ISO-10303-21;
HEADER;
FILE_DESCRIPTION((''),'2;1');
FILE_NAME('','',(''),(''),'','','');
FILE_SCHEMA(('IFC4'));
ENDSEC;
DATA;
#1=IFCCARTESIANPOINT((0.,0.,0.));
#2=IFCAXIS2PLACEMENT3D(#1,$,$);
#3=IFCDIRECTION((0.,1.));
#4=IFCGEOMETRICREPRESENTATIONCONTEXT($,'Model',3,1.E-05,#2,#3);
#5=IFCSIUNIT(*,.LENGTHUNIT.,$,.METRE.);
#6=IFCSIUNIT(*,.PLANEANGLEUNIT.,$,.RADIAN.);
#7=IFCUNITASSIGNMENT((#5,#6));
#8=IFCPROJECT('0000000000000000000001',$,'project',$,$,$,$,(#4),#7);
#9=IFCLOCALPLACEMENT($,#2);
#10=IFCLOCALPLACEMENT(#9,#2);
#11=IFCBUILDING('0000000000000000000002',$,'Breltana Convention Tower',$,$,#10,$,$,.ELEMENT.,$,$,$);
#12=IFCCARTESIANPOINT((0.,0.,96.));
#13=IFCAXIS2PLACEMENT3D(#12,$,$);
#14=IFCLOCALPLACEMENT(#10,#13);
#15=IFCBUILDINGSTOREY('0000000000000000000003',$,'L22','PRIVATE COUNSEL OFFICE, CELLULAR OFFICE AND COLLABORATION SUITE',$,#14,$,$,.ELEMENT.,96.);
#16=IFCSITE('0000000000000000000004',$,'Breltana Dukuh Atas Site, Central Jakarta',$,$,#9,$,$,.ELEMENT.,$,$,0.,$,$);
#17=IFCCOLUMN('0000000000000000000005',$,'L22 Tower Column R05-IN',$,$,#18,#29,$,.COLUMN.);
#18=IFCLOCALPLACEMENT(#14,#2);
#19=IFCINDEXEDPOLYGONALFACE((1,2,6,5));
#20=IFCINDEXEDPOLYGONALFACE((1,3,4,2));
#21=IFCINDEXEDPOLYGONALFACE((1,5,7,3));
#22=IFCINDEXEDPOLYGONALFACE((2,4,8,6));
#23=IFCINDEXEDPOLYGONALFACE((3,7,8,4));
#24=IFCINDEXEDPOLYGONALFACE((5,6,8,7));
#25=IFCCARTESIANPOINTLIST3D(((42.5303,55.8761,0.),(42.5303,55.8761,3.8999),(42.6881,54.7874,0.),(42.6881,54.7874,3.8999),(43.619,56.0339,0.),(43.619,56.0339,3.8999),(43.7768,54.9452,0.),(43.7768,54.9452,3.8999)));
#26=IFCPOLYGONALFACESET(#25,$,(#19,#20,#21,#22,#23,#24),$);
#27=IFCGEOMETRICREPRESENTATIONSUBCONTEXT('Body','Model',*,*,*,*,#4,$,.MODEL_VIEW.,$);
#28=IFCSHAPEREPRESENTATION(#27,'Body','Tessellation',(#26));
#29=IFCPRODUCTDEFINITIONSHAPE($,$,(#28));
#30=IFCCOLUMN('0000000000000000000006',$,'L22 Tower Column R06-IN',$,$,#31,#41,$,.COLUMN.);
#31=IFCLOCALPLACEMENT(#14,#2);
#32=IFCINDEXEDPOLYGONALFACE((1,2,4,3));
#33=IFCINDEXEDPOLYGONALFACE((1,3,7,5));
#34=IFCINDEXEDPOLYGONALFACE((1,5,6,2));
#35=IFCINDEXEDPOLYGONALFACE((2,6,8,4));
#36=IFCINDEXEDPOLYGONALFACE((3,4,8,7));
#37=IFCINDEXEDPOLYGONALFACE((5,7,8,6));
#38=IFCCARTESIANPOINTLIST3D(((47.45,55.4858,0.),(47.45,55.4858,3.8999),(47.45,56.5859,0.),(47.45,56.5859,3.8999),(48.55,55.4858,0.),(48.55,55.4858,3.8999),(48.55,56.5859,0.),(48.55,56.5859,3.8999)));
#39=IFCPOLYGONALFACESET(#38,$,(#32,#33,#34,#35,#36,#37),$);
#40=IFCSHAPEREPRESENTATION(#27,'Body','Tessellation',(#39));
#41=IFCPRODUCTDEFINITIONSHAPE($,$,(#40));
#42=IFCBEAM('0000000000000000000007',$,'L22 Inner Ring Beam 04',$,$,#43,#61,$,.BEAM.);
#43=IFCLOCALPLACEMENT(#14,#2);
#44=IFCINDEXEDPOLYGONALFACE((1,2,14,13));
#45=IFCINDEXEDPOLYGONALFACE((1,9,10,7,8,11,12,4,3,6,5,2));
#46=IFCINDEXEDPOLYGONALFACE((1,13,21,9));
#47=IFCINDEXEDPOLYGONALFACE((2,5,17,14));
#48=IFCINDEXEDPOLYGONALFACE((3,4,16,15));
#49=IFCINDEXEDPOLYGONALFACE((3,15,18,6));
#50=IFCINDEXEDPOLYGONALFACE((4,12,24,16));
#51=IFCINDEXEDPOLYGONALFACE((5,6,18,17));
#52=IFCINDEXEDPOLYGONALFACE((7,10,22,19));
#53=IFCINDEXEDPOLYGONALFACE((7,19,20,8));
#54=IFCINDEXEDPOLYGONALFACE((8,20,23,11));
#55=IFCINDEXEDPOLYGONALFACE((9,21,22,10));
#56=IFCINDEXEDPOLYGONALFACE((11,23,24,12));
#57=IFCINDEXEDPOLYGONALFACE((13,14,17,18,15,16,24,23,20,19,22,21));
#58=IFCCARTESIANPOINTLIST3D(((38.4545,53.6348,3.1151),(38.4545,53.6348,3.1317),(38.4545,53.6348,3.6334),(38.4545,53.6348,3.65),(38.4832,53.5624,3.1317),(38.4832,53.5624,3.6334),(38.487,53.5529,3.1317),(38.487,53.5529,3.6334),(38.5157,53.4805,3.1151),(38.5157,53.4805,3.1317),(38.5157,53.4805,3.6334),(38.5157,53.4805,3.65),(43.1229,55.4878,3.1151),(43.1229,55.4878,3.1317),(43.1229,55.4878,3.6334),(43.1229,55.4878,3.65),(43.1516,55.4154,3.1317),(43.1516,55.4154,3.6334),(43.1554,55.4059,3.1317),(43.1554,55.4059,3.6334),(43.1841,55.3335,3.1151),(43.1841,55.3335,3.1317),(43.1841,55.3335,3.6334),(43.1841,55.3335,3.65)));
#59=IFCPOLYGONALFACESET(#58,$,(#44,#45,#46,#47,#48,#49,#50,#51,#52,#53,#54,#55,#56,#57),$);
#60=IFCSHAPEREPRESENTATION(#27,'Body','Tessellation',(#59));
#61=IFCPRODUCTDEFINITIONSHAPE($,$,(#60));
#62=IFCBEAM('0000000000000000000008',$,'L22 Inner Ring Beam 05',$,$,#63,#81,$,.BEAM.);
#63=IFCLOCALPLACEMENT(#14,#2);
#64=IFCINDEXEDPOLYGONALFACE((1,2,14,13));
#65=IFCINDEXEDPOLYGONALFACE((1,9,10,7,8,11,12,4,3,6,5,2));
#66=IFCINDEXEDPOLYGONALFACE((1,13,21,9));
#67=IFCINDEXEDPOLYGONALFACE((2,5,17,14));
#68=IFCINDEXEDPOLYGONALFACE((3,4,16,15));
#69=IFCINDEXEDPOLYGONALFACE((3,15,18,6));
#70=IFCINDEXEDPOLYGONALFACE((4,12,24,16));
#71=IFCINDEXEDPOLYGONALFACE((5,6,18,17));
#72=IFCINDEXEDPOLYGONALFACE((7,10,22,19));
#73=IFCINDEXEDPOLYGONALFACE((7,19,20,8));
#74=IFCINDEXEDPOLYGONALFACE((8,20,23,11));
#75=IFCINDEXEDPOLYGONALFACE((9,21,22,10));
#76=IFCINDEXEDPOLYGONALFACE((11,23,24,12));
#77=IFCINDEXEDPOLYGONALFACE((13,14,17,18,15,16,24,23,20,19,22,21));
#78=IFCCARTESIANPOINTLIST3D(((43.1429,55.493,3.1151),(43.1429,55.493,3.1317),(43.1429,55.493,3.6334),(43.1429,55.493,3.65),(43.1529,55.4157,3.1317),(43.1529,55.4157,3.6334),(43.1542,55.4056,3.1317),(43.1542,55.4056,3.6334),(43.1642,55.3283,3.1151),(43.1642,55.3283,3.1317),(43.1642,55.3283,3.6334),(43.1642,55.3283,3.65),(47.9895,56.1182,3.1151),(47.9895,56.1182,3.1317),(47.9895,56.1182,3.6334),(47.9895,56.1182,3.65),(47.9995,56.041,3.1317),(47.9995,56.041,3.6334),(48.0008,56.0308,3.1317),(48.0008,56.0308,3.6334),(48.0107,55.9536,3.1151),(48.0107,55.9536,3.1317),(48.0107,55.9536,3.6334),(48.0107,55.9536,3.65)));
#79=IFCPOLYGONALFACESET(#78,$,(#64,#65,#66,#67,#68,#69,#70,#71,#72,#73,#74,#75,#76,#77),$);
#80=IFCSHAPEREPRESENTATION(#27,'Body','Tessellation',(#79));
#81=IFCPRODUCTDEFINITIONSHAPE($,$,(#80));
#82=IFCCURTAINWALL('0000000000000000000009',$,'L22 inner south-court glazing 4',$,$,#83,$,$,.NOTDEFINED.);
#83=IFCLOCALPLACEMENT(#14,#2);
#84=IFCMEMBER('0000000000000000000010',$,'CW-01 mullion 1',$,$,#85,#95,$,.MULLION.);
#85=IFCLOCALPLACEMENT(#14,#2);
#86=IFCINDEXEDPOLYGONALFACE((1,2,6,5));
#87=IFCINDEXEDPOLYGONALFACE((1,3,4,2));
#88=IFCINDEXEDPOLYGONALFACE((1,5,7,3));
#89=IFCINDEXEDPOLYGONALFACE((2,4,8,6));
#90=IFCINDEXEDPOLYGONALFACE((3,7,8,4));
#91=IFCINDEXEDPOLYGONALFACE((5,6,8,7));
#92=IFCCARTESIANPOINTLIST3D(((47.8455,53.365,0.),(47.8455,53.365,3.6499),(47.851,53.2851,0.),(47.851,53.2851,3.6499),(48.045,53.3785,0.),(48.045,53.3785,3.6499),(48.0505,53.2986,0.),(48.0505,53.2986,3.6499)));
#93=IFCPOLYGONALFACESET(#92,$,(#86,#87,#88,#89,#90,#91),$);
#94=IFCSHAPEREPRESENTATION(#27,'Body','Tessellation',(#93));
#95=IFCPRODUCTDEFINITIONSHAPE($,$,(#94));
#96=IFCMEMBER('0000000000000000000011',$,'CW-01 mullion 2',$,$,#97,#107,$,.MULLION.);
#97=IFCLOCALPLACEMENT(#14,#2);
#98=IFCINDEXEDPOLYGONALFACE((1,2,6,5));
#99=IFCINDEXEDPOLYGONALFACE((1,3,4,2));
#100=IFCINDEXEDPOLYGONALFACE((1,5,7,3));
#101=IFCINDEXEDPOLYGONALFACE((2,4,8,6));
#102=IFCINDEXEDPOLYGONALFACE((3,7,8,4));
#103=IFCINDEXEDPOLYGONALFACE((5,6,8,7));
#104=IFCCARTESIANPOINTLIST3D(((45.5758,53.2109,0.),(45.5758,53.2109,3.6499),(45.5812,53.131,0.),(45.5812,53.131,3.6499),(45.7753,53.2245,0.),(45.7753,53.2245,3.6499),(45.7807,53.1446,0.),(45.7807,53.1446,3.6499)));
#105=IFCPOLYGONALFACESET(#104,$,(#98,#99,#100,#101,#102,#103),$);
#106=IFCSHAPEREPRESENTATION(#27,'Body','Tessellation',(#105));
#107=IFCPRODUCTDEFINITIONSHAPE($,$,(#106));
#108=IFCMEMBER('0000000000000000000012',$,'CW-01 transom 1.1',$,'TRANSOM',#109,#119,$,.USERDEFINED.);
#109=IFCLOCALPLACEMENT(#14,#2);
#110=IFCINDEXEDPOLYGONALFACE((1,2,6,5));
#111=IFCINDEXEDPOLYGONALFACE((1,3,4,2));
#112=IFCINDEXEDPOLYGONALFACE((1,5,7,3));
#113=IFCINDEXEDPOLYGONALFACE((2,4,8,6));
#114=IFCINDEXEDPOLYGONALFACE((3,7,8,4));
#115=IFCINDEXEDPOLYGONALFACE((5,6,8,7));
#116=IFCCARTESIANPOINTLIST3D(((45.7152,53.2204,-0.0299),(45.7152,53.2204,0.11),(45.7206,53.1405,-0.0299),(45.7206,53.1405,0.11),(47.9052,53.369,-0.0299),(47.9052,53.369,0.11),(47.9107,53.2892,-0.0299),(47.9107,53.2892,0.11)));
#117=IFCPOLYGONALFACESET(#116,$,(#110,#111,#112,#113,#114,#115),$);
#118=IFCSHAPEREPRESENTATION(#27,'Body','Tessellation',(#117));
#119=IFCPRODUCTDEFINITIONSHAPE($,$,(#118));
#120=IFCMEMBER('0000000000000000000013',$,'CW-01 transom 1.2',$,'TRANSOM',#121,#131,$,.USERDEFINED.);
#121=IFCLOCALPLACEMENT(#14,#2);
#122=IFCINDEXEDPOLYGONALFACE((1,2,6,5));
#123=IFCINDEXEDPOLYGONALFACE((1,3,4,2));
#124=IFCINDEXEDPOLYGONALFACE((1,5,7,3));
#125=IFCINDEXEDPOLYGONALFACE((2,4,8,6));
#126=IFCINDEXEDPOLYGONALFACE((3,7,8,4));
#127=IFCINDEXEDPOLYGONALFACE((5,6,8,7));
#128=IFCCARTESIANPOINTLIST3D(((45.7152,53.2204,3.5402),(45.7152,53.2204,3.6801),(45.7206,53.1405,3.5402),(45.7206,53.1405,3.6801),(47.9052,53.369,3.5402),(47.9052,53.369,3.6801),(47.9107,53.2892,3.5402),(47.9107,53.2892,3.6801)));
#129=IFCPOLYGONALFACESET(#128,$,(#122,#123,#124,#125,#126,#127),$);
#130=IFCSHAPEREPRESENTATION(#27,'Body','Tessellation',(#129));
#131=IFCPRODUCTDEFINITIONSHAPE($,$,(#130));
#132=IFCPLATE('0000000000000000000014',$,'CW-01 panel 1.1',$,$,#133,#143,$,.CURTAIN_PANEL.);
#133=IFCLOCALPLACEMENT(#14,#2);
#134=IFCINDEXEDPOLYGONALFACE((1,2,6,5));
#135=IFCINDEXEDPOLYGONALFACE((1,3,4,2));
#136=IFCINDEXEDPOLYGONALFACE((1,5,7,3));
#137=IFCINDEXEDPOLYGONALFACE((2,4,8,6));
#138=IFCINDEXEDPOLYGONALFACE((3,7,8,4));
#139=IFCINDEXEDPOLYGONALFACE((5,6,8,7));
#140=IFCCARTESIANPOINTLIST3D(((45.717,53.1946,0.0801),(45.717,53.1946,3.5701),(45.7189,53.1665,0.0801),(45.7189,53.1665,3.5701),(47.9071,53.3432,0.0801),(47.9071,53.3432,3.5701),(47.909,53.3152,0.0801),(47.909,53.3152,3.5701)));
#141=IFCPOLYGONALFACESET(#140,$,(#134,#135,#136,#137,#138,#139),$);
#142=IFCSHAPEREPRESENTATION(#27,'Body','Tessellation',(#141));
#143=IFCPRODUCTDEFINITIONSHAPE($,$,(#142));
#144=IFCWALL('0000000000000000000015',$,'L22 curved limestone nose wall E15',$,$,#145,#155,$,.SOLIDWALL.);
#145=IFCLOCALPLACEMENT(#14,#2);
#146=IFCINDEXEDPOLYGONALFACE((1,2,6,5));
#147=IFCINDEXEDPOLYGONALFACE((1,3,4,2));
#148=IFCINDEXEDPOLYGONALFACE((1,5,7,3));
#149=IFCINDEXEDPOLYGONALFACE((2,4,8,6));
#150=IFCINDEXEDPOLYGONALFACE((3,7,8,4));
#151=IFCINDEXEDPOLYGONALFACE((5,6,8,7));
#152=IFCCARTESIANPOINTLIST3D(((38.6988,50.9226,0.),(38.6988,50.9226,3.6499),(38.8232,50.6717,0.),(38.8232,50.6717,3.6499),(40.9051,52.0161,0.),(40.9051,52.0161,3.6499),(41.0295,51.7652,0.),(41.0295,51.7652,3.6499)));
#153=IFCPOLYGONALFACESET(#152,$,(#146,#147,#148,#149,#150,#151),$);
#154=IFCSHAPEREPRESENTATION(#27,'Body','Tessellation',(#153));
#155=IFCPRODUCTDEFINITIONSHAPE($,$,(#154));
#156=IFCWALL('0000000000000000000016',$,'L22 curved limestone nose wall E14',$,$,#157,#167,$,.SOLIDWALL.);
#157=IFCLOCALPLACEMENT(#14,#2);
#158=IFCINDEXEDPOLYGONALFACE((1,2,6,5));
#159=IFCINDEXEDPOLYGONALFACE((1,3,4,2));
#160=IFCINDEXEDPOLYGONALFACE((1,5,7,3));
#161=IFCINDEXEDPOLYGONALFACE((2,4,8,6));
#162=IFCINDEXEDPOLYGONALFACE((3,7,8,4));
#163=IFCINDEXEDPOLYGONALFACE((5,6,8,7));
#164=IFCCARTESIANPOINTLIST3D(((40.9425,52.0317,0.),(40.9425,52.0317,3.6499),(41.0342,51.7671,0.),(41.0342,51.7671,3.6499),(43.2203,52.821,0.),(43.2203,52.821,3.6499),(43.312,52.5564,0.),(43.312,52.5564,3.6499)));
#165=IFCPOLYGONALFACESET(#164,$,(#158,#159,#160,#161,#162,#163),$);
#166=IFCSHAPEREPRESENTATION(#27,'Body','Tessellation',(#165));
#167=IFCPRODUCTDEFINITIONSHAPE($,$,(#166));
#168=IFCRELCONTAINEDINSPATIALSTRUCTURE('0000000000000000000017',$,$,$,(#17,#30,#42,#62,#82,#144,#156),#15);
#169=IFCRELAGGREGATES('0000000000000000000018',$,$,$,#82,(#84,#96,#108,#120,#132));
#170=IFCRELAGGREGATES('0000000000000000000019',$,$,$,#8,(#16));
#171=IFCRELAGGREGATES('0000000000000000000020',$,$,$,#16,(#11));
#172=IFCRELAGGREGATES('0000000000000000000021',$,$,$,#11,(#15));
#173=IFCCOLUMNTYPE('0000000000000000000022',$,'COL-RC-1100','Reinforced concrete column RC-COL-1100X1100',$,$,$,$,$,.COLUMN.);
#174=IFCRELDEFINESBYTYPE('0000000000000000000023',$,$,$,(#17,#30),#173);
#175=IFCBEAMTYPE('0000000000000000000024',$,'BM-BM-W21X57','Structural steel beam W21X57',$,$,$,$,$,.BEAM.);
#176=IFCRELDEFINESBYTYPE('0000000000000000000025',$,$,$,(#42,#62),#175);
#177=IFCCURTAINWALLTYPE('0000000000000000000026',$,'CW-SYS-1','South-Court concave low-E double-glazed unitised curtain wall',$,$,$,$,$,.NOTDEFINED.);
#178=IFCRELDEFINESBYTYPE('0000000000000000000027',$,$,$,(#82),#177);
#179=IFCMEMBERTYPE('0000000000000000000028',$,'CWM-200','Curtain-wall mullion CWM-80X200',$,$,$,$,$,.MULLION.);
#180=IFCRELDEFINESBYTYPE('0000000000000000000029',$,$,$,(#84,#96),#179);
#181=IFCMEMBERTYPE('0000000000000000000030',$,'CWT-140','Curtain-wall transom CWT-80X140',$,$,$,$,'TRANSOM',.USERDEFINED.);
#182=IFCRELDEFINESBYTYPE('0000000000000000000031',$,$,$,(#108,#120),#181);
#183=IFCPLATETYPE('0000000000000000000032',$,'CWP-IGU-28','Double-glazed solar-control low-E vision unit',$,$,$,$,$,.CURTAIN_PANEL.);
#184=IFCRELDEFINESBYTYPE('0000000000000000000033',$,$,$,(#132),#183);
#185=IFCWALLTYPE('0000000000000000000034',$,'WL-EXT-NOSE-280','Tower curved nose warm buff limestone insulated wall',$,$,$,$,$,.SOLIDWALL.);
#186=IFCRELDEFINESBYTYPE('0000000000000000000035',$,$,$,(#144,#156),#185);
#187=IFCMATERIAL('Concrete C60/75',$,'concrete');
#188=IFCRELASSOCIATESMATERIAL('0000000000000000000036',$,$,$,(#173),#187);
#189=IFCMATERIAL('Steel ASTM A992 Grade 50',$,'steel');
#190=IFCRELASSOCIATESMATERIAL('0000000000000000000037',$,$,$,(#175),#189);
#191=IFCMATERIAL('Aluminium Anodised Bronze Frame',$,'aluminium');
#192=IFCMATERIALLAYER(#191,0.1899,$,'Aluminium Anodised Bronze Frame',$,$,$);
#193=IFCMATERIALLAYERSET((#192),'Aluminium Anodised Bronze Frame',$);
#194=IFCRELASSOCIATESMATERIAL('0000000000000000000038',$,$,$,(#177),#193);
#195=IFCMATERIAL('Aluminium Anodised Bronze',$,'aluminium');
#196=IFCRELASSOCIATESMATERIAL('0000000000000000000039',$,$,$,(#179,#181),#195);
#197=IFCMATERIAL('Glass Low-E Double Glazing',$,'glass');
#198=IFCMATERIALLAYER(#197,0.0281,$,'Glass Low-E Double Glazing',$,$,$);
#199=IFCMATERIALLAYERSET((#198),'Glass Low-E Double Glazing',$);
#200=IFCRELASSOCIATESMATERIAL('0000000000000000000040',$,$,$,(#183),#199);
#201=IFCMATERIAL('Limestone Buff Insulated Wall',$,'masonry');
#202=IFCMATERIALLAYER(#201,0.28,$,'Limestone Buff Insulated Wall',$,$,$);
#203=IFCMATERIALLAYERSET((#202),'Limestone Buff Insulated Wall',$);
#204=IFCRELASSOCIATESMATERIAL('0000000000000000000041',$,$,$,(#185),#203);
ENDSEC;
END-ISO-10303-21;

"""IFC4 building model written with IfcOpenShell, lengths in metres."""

from ifc_helpers import new_model, si_unit, direction, frame, frame_2d, origin, origin_2d, place, context, subcontext, project, spatial, rectangle, i_section, extrude, source, transform, mapped, material, layer, layer_set, material_profile, profile_set, type_object, element, aggregate, save


model = new_model("IFC4")

# Units and contexts
model_context = context("Model", 3, precision=1e-05, world=origin(), true_north=direction((0.0, 1.0)))
body_context = subcontext(model_context, "Body", "Model", "MODEL_VIEW")
ifc_project = project(units=[si_unit("LENGTHUNIT", "METRE"), si_unit("PLANEANGLEUNIT", "RADIAN")], contexts=[model_context])

# Site, building, storey
site_placement = place(None, origin())
site = spatial("IfcSite", under=ifc_project, at=site_placement, Name="Breltana Dukuh Atas Site, Central Jakarta", CompositionType="ELEMENT", RefElevation=0.0)
building_placement = place(site_placement, origin())
building = spatial("IfcBuilding", under=site, at=building_placement, Name="Breltana Convention Tower", CompositionType="ELEMENT")
storey_placement = place(building_placement, frame((0.0, 0.0, 96.0)))
storey = spatial("IfcBuildingStorey", under=building, at=storey_placement, Name="L22", Description="PRIVATE COUNSEL OFFICE, CELLULAR OFFICE AND COLLABORATION SUITE", CompositionType="ELEMENT", Elevation=96.0)

# Columns
ifc_material_1 = material(Name="Concrete C60/75", Category="concrete")
ifc_material_profile_1 = material_profile(ifc_material_1, rectangle(XDim=1.1001, YDim=1.1001, at=origin_2d()), Name="RC-COL-1100X1100")
ifc_profile_set_1 = profile_set([ifc_material_profile_1], Name="Concrete C60/75")
column_type = type_object("IfcColumnType", Name="COL-RC-1100", Description="Reinforced concrete column RC-COL-1100X1100", PredefinedType="COLUMN", material=ifc_profile_set_1)
shared_shape_1 = source(origin(), body_context, "Body", "SweptSolid", [
    extrude(rectangle(XDim=1.1001, YDim=1.1001, at=origin_2d()), origin(), (0.0, 0.0, 1.0), 3.8999),
])
for number, where, z_axis, x_axis, name in (
    (1, (43.1536, 55.4106, 0.0), (0.0, 0.0, 1.0), (-0.143493, 0.989651, 0.0), "L22 Tower Column R05-IN"),
    (2, (48.0, 56.0359, 0.0), (0.0, 0.0, 1.0), (0.0, 1.0, 0.0), "L22 Tower Column R06-IN"),
):
    element("IfcColumn", number, at=place(storey_placement, frame(where, z_axis=z_axis, x_axis=x_axis)), inside=storey, type_object=column_type, Name=name, PredefinedType="COLUMN", context=body_context, shape_type="MappedRepresentation", body=[
        mapped(shared_shape_1, transform((0.0, 0.0, 0.0), scale=1.0)),
    ])

# Beams
ifc_material_2 = material(Name="Steel ASTM A992 Grade 50", Category="steel")
ifc_material_profile_2 = material_profile(ifc_material_2, i_section(OverallWidth=0.166, OverallDepth=0.5349, WebThickness=0.0103, FlangeThickness=0.0166, at=origin_2d()), Name="W21X57")
ifc_profile_set_2 = profile_set([ifc_material_profile_2], Name="Steel ASTM A992 Grade 50")
beam_type = type_object("IfcBeamType", Name="BM-BM-W21X57", Description="Structural steel beam W21X57", PredefinedType="BEAM", material=ifc_profile_set_2)
shared_shape_2 = source(origin(), body_context, "Body", "SweptSolid", [
    extrude(i_section(OverallWidth=0.166, OverallDepth=0.5349, WebThickness=0.0103, FlangeThickness=0.0166, at=origin_2d()), origin(), (0.0, 0.0, 1.0), 5.0227),
])
beam_1_placement = place(storey_placement, frame((38.4851, 53.5576, 3.3826), z_axis=(0.929459, 0.368926, 0.0), x_axis=(-0.368926, 0.929459, 0.0)))
element("IfcBeam", 3, at=beam_1_placement, inside=storey, type_object=beam_type, Name="L22 Inner Ring Beam 04", PredefinedType="BEAM", context=body_context, shape_type="MappedRepresentation", body=[
    mapped(shared_shape_2, transform((0.0, 0.0, 0.0), scale=1.0)),
])
shared_shape_3 = source(origin(), body_context, "Body", "SweptSolid", [
    extrude(i_section(OverallWidth=0.166, OverallDepth=0.5349, WebThickness=0.0103, FlangeThickness=0.0166, at=origin_2d()), origin(), (0.0, 0.0, 1.0), 4.8867),
])
beam_2_placement = place(storey_placement, frame((43.1536, 55.4106, 3.3826), z_axis=(0.991781, 0.127951, 0.0), x_axis=(-0.127951, 0.991781, 0.0)))
element("IfcBeam", 4, at=beam_2_placement, inside=storey, type_object=beam_type, Name="L22 Inner Ring Beam 05", PredefinedType="BEAM", context=body_context, shape_type="MappedRepresentation", body=[
    mapped(shared_shape_3, transform((0.0, 0.0, 0.0), scale=1.0)),
])

# Curtain wall, members, plate
ifc_material_3 = material(Name="Aluminium Anodised Bronze Frame", Category="aluminium")
ifc_layer_1 = layer(ifc_material_3, 0.1899, Name="Aluminium Anodised Bronze Frame")
ifc_layer_set_1 = layer_set([ifc_layer_1], Name="Aluminium Anodised Bronze Frame")
curtain_wall_type = type_object("IfcCurtainWallType", Name="CW-SYS-1", Description="South-Court concave low-E double-glazed unitised curtain wall", PredefinedType="NOTDEFINED", material=ifc_layer_set_1)
curtain_wall_placement = place(storey_placement, origin())
curtain_wall = element("IfcCurtainWall", 5, at=curtain_wall_placement, inside=storey, type_object=curtain_wall_type, Name="L22 inner south-court glazing 4", PredefinedType="NOTDEFINED")
ifc_material_4 = material(Name="Aluminium Anodised Bronze", Category="aluminium")
ifc_material_profile_3 = material_profile(ifc_material_4, rectangle(XDim=0.0801, YDim=0.2, at=origin_2d()), Name="CWM-80X200")
ifc_profile_set_3 = profile_set([ifc_material_profile_3], Name="Aluminium Anodised Bronze")
member_type_1 = type_object("IfcMemberType", Name="CWM-200", Description="Curtain-wall mullion CWM-80X200", PredefinedType="MULLION", material=ifc_profile_set_3)
shared_shape_4 = source(origin(), body_context, "Body", "SweptSolid", [
    extrude(rectangle(XDim=0.0801, YDim=0.2, at=origin_2d()), origin(), (0.0, 0.0, 1.0), 3.6499),
])
member_1_placement = place(storey_placement, frame((47.948, 53.3318, 0.0), z_axis=(0.0, 0.0, 1.0), x_axis=(0.067728, -0.997704, 0.0)))
member_1 = element("IfcMember", 6, at=member_1_placement, type_object=member_type_1, Name="CW-01 mullion 1", PredefinedType="MULLION", context=body_context, shape_type="MappedRepresentation", body=[
    mapped(shared_shape_4, transform((0.0, 0.0, 0.0), scale=1.0)),
])
member_2_placement = place(storey_placement, frame((45.6782, 53.1777, 0.0), z_axis=(0.0, 0.0, 1.0), x_axis=(0.067728, -0.997704, 0.0)))
member_2 = element("IfcMember", 7, at=member_2_placement, type_object=member_type_1, Name="CW-01 mullion 2", PredefinedType="MULLION", context=body_context, shape_type="MappedRepresentation", body=[
    mapped(shared_shape_4, transform((0.0, 0.0, 0.0), scale=1.0)),
])
ifc_material_profile_4 = material_profile(ifc_material_4, rectangle(XDim=0.0801, YDim=0.1399, at=origin_2d()), Name="CWT-80X140")
ifc_profile_set_4 = profile_set([ifc_material_profile_4], Name="Aluminium Anodised Bronze")
member_type_2 = type_object("IfcMemberType", Name="CWT-140", Description="Curtain-wall transom CWT-80X140", ElementType="TRANSOM", PredefinedType="USERDEFINED", material=ifc_profile_set_4)
shared_shape_5 = source(origin(), body_context, "Body", "SweptSolid", [
    extrude(rectangle(XDim=0.0801, YDim=0.1399, at=origin_2d()), origin(), (0.0, 0.0, 1.0), 2.1951),
])
member_3_placement = place(storey_placement, frame((47.908, 53.3291, 0.04), z_axis=(-0.997703, -0.067737, 0.0), x_axis=(0.067737, -0.997703, 0.0)))
member_3 = element("IfcMember", 8, at=member_3_placement, type_object=member_type_2, Name="CW-01 transom 1.1", ObjectType="TRANSOM", PredefinedType="USERDEFINED", context=body_context, shape_type="MappedRepresentation", body=[
    mapped(shared_shape_5, transform((0.0, 0.0, 0.0), scale=1.0)),
])
member_4_placement = place(storey_placement, frame((47.908, 53.3291, 3.6101), z_axis=(-0.997703, -0.067737, 0.0), x_axis=(0.067737, -0.997703, 0.0)))
member_4 = element("IfcMember", 9, at=member_4_placement, type_object=member_type_2, Name="CW-01 transom 1.2", ObjectType="TRANSOM", PredefinedType="USERDEFINED", context=body_context, shape_type="MappedRepresentation", body=[
    mapped(shared_shape_5, transform((0.0, 0.0, 0.0), scale=1.0)),
])
ifc_material_5 = material(Name="Glass Low-E Double Glazing", Category="glass")
ifc_layer_2 = layer(ifc_material_5, 0.0281, Name="Glass Low-E Double Glazing")
ifc_layer_set_2 = layer_set([ifc_layer_2], Name="Glass Low-E Double Glazing")
plate_type = type_object("IfcPlateType", Name="CWP-IGU-28", Description="Double-glazed solar-control low-E vision unit", PredefinedType="CURTAIN_PANEL", material=ifc_layer_set_2)
shared_shape_6 = source(origin(), body_context, "Body", "SweptSolid", [
    extrude(rectangle(XDim=2.1951, YDim=0.0281, at=origin_2d()), origin(), (0.0, 0.0, 1.0), 3.49),
])
plate_placement = place(storey_placement, frame((46.813, 53.2549, 0.0801), z_axis=(0.0, 0.0, 1.0), x_axis=(-0.997704, -0.067728, 0.0)))
plate = element("IfcPlate", 10, at=plate_placement, type_object=plate_type, Name="CW-01 panel 1.1", PredefinedType="CURTAIN_PANEL", context=body_context, shape_type="MappedRepresentation", body=[
    mapped(shared_shape_6, transform((0.0, 0.0, 0.0), scale=1.0)),
])
aggregate(curtain_wall, [member_1, member_2, member_3, member_4, plate])

# Walls
ifc_material_6 = material(Name="Limestone Buff Insulated Wall", Category="masonry")
ifc_layer_3 = layer(ifc_material_6, 0.28, Name="Limestone Buff Insulated Wall")
ifc_layer_set_3 = layer_set([ifc_layer_3], Name="Limestone Buff Insulated Wall")
wall_type_1 = type_object("IfcWallType", Name="WL-EXT-NOSE-280", Description="Tower curved nose warm buff limestone insulated wall", PredefinedType="SOLIDWALL", material=ifc_layer_set_3)
shared_shape_7 = source(origin(), body_context, "Body", "SweptSolid", [
    extrude(rectangle(XDim=2.4624, YDim=0.28, at=frame_2d((1.2312, 0.0))), origin(), (0.0, 0.0, 1.0), 3.6499),
])
wall_1_placement = place(storey_placement, frame((40.9673, 51.8906, 0.0), z_axis=(0.0, 0.0, 1.0), x_axis=(-0.895988, -0.444078, 0.0)))
element("IfcWall", 11, at=wall_1_placement, inside=storey, type_object=wall_type_1, Name="L22 curved limestone nose wall E15", PredefinedType="SOLIDWALL", context=body_context, shape_type="MappedRepresentation", body=[
    mapped(shared_shape_7, transform((0.0, 0.0, 0.0), scale=1.0)),
])
shared_shape_8 = source(origin(), body_context, "Body", "SweptSolid", [
    extrude(rectangle(XDim=2.4106, YDim=0.28, at=frame_2d((1.2053, 0.0))), origin(), (0.0, 0.0, 1.0), 3.6499),
])
wall_2_placement = place(storey_placement, frame((43.2661, 52.6887, 0.0), z_axis=(0.0, 0.0, 1.0), x_axis=(-0.94488, -0.327417, 0.0)))
element("IfcWall", 12, at=wall_2_placement, inside=storey, type_object=wall_type_1, Name="L22 curved limestone nose wall E14", PredefinedType="SOLIDWALL", context=body_context, shape_type="MappedRepresentation", body=[
    mapped(shared_shape_8, transform((0.0, 0.0, 0.0), scale=1.0)),
])

save(model, "model.ifc")
